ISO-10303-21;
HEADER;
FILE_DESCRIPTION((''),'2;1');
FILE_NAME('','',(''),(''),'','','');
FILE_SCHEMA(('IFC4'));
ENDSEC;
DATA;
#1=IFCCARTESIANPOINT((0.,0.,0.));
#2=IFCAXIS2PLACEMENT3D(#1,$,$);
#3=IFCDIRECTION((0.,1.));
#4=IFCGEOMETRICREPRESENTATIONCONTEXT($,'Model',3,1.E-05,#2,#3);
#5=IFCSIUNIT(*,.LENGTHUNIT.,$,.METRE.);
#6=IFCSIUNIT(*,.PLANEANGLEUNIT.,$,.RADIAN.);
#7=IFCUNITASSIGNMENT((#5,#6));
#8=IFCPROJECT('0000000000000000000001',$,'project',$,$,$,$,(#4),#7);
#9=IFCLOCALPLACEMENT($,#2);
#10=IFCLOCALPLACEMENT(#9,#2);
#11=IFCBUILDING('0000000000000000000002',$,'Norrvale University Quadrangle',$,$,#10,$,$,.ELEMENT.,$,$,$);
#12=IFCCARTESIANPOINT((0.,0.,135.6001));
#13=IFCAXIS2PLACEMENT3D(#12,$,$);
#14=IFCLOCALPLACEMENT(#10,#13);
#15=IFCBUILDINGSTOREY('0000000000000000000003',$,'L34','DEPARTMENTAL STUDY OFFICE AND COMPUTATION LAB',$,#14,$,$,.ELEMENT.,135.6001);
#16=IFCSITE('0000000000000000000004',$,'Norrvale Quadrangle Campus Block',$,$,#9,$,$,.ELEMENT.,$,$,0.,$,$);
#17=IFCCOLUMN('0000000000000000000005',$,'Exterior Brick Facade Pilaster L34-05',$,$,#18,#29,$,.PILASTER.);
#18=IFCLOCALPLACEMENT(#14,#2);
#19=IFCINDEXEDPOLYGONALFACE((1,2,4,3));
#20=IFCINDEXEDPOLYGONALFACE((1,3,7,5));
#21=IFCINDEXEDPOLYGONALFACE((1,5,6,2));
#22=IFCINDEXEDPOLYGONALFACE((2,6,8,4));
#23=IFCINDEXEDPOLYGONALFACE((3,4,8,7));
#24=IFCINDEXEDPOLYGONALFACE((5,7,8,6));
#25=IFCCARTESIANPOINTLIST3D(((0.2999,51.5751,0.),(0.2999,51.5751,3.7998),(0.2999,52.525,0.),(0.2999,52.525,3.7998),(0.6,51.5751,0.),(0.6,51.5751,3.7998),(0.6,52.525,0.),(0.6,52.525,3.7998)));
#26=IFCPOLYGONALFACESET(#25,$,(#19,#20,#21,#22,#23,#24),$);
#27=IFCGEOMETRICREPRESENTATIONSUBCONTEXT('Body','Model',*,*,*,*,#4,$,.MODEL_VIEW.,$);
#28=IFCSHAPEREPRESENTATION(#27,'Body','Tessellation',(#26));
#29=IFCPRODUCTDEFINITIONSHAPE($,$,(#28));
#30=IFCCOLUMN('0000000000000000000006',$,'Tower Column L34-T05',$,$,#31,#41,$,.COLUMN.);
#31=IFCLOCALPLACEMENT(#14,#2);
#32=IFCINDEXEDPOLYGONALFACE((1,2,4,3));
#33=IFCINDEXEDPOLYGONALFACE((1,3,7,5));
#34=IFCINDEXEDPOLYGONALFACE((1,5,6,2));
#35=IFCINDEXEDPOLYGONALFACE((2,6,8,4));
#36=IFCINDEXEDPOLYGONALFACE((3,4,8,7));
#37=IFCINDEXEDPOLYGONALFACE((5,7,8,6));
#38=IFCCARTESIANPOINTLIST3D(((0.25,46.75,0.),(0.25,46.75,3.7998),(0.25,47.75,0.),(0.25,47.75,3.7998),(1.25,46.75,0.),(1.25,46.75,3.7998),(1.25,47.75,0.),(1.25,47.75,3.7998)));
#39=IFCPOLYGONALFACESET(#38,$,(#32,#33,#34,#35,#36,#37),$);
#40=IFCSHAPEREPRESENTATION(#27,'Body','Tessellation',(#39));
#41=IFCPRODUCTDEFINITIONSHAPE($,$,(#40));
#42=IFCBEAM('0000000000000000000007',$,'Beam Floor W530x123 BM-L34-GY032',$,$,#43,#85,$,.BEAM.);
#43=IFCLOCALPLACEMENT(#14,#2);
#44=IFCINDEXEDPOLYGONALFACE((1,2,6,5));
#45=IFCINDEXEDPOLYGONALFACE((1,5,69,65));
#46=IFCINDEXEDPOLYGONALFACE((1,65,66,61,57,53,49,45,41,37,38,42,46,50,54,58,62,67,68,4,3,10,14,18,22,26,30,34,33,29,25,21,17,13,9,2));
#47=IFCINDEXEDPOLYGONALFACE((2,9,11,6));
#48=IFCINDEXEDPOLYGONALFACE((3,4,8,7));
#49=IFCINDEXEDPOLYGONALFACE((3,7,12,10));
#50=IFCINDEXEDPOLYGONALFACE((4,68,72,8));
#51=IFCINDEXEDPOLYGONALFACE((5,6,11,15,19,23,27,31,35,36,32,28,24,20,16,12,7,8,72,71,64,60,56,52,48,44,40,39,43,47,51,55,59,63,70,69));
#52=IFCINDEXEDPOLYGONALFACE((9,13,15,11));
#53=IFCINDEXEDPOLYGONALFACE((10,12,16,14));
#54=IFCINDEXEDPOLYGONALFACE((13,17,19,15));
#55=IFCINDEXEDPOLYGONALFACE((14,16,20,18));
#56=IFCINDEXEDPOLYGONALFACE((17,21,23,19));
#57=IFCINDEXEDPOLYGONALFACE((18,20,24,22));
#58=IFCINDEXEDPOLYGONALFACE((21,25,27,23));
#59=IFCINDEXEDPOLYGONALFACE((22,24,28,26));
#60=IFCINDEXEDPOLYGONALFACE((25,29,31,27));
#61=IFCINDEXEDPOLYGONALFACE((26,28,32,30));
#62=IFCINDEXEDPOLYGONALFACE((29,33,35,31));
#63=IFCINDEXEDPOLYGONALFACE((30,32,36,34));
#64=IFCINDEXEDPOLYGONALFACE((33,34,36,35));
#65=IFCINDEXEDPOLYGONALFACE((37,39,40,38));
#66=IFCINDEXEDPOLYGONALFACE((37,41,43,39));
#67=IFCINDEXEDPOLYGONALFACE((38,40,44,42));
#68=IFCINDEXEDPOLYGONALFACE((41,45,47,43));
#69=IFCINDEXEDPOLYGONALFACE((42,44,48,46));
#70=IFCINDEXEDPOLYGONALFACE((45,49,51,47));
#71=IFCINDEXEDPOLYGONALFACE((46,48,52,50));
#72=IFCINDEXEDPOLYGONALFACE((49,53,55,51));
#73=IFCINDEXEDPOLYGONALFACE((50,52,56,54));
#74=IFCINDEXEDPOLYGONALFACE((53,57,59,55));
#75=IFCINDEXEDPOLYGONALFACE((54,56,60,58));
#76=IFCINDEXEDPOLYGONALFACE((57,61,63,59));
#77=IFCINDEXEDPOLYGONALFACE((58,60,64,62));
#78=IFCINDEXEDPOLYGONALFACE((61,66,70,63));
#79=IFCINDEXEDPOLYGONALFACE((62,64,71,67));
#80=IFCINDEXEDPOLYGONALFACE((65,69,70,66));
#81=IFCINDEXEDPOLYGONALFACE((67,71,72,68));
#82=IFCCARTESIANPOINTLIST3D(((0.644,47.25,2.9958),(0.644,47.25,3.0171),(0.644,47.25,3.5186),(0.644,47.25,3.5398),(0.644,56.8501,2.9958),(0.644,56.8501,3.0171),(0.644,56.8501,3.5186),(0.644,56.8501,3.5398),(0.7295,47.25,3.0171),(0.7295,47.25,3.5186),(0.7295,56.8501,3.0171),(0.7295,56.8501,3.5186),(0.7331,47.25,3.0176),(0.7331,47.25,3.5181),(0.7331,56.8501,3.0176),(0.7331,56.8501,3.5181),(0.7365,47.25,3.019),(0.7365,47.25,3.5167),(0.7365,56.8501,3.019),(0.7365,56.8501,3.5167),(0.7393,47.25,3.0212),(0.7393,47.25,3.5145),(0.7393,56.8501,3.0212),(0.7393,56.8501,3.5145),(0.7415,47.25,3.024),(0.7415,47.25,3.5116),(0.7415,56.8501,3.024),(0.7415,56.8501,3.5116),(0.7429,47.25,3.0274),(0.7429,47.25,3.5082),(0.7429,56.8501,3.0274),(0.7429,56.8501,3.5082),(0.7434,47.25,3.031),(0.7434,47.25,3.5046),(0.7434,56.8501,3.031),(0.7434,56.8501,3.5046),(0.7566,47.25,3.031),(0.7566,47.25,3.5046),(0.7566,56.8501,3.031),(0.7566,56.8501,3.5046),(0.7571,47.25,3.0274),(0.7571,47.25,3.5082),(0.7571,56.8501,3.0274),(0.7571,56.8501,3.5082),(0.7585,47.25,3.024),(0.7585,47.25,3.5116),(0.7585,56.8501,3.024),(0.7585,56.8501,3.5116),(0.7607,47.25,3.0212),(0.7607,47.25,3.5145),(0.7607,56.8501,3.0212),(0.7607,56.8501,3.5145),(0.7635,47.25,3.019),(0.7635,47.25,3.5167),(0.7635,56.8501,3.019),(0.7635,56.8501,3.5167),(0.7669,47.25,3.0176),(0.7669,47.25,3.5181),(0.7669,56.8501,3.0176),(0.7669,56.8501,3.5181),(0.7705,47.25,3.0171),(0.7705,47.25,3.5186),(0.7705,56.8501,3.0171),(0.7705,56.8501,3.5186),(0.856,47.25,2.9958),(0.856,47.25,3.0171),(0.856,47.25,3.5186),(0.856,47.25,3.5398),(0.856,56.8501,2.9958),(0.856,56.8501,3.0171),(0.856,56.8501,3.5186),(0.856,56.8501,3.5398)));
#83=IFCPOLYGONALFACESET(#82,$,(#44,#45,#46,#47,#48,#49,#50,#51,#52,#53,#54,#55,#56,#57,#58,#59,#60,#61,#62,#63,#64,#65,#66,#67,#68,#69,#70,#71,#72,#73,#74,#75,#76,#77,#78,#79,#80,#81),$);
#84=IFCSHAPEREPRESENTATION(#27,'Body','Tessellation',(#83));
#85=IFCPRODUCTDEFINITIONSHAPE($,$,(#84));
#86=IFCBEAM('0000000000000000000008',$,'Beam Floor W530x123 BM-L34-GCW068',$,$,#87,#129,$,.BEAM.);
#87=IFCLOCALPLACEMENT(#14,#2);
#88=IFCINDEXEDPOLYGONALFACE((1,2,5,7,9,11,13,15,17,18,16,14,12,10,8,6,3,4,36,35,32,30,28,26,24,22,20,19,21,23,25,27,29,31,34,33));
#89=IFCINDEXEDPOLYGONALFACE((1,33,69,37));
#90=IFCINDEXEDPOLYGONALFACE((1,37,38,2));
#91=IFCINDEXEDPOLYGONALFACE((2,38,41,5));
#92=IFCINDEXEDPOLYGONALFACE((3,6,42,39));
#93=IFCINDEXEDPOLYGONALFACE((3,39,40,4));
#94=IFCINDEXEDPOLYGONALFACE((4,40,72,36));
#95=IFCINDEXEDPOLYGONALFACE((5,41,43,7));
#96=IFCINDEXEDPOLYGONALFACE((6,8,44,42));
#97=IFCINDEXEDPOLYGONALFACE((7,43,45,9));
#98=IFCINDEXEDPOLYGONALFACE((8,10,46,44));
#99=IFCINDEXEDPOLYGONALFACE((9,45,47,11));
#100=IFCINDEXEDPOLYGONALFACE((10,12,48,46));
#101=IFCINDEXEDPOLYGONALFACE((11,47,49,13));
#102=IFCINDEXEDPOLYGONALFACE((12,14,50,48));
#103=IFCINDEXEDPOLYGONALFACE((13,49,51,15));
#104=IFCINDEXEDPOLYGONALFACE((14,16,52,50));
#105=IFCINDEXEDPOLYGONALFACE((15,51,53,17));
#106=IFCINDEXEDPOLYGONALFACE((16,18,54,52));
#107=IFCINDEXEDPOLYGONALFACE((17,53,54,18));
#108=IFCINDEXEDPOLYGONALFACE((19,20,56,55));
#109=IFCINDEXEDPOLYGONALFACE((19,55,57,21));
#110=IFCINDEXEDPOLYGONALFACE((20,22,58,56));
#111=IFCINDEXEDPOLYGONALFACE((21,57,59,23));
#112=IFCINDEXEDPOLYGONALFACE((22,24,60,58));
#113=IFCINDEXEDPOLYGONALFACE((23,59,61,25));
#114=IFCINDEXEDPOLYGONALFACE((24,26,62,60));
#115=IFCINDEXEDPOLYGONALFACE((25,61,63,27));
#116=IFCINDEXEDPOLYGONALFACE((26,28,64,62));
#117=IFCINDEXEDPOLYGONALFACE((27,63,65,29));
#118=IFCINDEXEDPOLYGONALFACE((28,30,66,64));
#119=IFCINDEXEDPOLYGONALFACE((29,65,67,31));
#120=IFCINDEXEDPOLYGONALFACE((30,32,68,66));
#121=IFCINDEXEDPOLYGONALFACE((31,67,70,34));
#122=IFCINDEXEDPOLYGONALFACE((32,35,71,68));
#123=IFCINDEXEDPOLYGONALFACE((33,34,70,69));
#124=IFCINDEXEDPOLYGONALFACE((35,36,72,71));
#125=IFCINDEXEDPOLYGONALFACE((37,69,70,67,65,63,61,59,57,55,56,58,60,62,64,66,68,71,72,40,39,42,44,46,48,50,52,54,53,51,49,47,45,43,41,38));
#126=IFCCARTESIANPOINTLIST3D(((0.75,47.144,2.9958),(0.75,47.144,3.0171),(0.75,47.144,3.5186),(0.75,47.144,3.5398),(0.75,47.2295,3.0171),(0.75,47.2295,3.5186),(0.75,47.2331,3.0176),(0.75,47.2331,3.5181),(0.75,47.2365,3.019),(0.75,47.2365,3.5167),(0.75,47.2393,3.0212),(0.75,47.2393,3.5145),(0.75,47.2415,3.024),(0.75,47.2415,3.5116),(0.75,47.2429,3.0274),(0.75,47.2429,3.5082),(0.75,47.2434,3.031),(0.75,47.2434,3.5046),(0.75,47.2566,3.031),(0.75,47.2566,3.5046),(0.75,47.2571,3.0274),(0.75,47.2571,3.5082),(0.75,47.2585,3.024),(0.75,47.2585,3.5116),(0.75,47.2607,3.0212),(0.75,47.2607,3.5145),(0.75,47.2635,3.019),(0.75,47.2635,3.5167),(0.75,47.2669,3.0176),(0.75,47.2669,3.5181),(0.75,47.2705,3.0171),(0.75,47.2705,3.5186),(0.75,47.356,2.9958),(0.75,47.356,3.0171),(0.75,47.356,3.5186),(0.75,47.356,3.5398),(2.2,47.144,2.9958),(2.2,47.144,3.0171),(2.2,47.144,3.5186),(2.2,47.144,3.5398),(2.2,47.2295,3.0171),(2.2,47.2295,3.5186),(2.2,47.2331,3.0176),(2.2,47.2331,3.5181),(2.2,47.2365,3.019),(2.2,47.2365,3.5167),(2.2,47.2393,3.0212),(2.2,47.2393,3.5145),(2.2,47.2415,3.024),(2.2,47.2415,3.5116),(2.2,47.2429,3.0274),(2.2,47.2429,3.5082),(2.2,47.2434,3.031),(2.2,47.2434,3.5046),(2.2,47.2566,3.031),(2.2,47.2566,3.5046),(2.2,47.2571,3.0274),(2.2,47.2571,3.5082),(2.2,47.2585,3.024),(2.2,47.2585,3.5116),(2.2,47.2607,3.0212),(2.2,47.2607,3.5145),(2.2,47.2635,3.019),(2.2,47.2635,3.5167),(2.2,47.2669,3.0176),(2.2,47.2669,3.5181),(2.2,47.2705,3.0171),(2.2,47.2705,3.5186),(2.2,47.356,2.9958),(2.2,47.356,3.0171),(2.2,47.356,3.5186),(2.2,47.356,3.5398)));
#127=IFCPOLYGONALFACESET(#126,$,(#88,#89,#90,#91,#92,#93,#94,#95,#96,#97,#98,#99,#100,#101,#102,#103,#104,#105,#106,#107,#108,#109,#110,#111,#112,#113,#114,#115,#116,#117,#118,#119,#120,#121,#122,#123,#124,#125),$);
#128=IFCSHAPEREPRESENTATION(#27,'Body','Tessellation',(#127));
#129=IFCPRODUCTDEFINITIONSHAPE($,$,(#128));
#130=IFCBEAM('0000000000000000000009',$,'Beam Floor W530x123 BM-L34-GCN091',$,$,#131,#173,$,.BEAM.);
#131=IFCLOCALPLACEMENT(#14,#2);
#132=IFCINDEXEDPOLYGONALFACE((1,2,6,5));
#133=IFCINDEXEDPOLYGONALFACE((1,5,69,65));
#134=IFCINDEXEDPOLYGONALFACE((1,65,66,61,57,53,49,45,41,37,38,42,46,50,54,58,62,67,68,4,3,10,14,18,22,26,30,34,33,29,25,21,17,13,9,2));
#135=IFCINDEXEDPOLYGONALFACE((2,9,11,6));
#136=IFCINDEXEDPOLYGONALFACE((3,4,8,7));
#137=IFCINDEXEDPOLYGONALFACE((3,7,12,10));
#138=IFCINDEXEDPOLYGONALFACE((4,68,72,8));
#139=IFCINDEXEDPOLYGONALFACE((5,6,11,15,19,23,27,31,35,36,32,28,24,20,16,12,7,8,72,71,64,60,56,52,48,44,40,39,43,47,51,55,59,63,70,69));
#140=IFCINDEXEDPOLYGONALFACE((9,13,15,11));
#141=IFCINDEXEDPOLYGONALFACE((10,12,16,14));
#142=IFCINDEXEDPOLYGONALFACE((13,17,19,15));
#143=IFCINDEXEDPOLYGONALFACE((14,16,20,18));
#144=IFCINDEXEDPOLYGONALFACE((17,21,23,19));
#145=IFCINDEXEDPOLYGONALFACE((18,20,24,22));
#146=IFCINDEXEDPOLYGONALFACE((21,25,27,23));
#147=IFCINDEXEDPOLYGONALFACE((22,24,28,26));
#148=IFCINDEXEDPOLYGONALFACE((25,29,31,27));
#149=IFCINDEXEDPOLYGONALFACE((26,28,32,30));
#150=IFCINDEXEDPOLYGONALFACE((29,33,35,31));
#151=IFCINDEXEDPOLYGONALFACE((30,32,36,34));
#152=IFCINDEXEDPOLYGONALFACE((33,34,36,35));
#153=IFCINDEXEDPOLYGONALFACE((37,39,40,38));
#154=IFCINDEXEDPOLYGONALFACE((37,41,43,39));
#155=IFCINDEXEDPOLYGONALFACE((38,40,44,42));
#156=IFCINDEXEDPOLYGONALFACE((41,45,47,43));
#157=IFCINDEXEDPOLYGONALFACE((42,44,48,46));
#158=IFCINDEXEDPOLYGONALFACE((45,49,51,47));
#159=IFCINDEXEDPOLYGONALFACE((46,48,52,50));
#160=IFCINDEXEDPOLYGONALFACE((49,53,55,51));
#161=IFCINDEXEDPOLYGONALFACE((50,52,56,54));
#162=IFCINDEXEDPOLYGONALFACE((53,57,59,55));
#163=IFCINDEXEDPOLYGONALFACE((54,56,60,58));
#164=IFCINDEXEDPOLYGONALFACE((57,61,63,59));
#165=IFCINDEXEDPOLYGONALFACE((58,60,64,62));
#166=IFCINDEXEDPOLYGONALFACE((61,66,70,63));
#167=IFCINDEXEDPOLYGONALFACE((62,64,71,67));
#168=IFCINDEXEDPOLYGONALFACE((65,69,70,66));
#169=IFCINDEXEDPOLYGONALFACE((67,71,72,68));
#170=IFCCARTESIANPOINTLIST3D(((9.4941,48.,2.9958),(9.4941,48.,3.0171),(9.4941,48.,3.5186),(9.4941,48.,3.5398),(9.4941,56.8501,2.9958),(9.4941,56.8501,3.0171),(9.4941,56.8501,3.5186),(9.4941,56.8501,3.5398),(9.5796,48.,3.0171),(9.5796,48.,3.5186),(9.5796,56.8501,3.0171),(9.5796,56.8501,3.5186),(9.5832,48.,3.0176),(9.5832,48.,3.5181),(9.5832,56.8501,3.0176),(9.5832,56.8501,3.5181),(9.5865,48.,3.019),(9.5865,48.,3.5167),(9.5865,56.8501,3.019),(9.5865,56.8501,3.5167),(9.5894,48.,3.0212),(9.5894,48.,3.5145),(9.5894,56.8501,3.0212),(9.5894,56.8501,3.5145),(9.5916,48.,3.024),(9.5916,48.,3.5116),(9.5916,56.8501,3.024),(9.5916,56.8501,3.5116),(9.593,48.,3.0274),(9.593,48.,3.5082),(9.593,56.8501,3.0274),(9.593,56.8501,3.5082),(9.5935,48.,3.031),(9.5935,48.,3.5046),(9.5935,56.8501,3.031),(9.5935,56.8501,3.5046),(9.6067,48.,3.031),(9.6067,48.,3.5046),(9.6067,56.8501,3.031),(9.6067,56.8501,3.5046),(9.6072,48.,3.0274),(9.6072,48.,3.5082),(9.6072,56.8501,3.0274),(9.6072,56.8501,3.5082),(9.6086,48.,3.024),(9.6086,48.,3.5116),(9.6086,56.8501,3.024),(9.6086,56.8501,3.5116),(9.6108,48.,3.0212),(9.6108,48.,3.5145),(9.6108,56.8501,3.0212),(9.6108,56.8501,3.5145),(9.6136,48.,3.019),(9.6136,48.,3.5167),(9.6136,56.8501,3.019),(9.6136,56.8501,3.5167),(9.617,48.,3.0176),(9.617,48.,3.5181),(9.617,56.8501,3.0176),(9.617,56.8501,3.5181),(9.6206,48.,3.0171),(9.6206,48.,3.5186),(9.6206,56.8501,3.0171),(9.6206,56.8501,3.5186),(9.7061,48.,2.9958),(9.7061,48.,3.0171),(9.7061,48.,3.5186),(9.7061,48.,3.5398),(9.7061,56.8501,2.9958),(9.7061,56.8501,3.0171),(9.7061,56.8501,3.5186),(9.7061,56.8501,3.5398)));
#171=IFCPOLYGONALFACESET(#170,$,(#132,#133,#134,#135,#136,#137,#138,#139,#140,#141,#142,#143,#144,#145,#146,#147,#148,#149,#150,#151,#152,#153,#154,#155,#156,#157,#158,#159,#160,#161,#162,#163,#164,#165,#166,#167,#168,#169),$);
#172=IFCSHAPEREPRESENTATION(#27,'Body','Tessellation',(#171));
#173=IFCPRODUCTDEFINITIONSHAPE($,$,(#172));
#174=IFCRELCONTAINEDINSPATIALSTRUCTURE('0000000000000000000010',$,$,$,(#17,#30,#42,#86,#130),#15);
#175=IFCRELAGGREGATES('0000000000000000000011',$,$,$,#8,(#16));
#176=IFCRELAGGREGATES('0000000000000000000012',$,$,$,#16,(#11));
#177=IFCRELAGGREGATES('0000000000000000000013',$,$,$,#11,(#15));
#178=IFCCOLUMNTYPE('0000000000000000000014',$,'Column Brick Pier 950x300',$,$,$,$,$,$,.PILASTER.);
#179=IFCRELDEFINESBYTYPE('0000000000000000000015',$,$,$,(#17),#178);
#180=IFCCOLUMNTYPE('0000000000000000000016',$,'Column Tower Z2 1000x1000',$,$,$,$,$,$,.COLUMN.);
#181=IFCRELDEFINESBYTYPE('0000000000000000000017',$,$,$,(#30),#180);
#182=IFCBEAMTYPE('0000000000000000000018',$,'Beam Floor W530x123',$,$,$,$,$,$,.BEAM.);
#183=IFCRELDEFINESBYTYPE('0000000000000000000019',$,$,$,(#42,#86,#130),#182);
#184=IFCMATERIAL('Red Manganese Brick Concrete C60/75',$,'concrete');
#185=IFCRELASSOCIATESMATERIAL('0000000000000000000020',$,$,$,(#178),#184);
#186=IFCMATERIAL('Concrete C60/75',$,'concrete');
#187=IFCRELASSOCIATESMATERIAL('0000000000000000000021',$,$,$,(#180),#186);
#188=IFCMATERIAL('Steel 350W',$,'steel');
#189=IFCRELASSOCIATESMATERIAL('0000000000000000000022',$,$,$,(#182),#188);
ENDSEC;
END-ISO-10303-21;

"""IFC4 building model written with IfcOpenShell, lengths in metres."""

from ifc_helpers import new_model, si_unit, direction, frame, origin, origin_2d, place, context, subcontext, project, spatial, rectangle, i_section, extrude, material, material_profile, profile_set, type_object, element, save


model = new_model("IFC4")

# Units and contexts
model_context = context("Model", 3, precision=1e-05, world=origin(), true_north=direction((0.0, 1.0)))
body_context = subcontext(model_context, "Body", "Model", "MODEL_VIEW")
ifc_project = project(units=[si_unit("LENGTHUNIT", "METRE"), si_unit("PLANEANGLEUNIT", "RADIAN")], contexts=[model_context])

# Site, building, storey
site_placement = place(None, origin())
site = spatial("IfcSite", under=ifc_project, at=site_placement, Name="Norrvale Quadrangle Campus Block", CompositionType="ELEMENT", RefElevation=0.0)
building_placement = place(site_placement, origin())
building = spatial("IfcBuilding", under=site, at=building_placement, Name="Norrvale University Quadrangle", CompositionType="ELEMENT")
storey_placement = place(building_placement, frame((0.0, 0.0, 135.6001)))
storey = spatial("IfcBuildingStorey", under=building, at=storey_placement, Name="L34", Description="DEPARTMENTAL STUDY OFFICE AND COMPUTATION LAB", CompositionType="ELEMENT", Elevation=135.6001)

# Columns
ifc_material_1 = material(Name="Red Manganese Brick Concrete C60/75", Category="concrete")
ifc_material_profile_1 = material_profile(ifc_material_1, rectangle(XDim=0.95, YDim=0.3, at=origin_2d()), Name="Red Manganese Brick Concrete C60/75")
ifc_profile_set_1 = profile_set([ifc_material_profile_1], Name="Red Manganese Brick Concrete C60/75")
column_type_1 = type_object("IfcColumnType", Name="Column Brick Pier 950x300", PredefinedType="PILASTER", material=ifc_profile_set_1)
column_1_placement = place(storey_placement, frame((0.45, 52.05, 0.0), z_axis=(0.0, 0.0, 1.0), x_axis=(0.0, 1.0, 0.0)))
element("IfcColumn", 1, at=column_1_placement, inside=storey, type_object=column_type_1, Name="Exterior Brick Facade Pilaster L34-05", PredefinedType="PILASTER", context=body_context, shape_type="SweptSolid", body=[
    extrude(rectangle(XDim=0.95, YDim=0.3, at=origin_2d()), origin(), (0.0, 0.0, 1.0), 3.7998),
])
ifc_material_2 = material(Name="Concrete C60/75", Category="concrete")
ifc_material_profile_2 = material_profile(ifc_material_2, rectangle(XDim=1.0, YDim=1.0, at=origin_2d()), Name="Concrete C60/75")
ifc_profile_set_2 = profile_set([ifc_material_profile_2], Name="Concrete C60/75")
column_type_2 = type_object("IfcColumnType", Name="Column Tower Z2 1000x1000", PredefinedType="COLUMN", material=ifc_profile_set_2)
column_2_placement = place(storey_placement, frame((0.75, 47.25, 0.0), z_axis=(0.0, 0.0, 1.0), x_axis=(1.0, 0.0, 0.0)))
element("IfcColumn", 2, at=column_2_placement, inside=storey, type_object=column_type_2, Name="Tower Column L34-T05", PredefinedType="COLUMN", context=body_context, shape_type="SweptSolid", body=[
    extrude(rectangle(XDim=1.0, YDim=1.0, at=origin_2d()), origin(), (0.0, 0.0, 1.0), 3.7998),
])

# Beams
ifc_material_3 = material(Name="Steel 350W", Category="steel")
ifc_material_profile_3 = material_profile(ifc_material_3, i_section(OverallWidth=0.2119, OverallDepth=0.5439, WebThickness=0.0132, FlangeThickness=0.0212, FilletRadius=0.0139, at=origin_2d()), Name="Steel 350W")
ifc_profile_set_3 = profile_set([ifc_material_profile_3], Name="Steel 350W")
beam_type_1 = type_object("IfcBeamType", Name="Beam Floor W530x123", PredefinedType="BEAM", material=ifc_profile_set_3)
beam_1_placement = place(storey_placement, frame((0.75, 47.25, 3.2678), z_axis=(0.0, 1.0, 0.0), x_axis=(-1.0, 0.0, 0.0)))
element("IfcBeam", 3, at=beam_1_placement, inside=storey, type_object=beam_type_1, Name="Beam Floor W530x123 BM-L34-GY032", PredefinedType="BEAM", context=body_context, shape_type="SweptSolid", body=[
    extrude(i_section(OverallWidth=0.2119, OverallDepth=0.5439, WebThickness=0.0132, FlangeThickness=0.0212, FilletRadius=0.0139, at=origin_2d()), origin(), (0.0, 0.0, 1.0), 9.6001),
])
beam_2_placement = place(storey_placement, frame((0.75, 47.25, 3.2678), z_axis=(1.0, 0.0, 0.0), x_axis=(0.0, 1.0, 0.0)))
element("IfcBeam", 4, at=beam_2_placement, inside=storey, type_object=beam_type_1, Name="Beam Floor W530x123 BM-L34-GCW068", PredefinedType="BEAM", context=body_context, shape_type="SweptSolid", body=[
    extrude(i_section(OverallWidth=0.2119, OverallDepth=0.5439, WebThickness=0.0132, FlangeThickness=0.0212, FilletRadius=0.0139, at=origin_2d()), origin(), (0.0, 0.0, 1.0), 1.45),
])
beam_3_placement = place(storey_placement, frame((9.6001, 48.0, 3.2678), z_axis=(0.0, 1.0, 0.0), x_axis=(-1.0, 0.0, 0.0)))
element("IfcBeam", 5, at=beam_3_placement, inside=storey, type_object=beam_type_1, Name="Beam Floor W530x123 BM-L34-GCN091", PredefinedType="BEAM", context=body_context, shape_type="SweptSolid", body=[
    extrude(i_section(OverallWidth=0.2119, OverallDepth=0.5439, WebThickness=0.0132, FlangeThickness=0.0212, FilletRadius=0.0139, at=origin_2d()), origin(), (0.0, 0.0, 1.0), 8.8501),
])

save(model, "model.ifc")
